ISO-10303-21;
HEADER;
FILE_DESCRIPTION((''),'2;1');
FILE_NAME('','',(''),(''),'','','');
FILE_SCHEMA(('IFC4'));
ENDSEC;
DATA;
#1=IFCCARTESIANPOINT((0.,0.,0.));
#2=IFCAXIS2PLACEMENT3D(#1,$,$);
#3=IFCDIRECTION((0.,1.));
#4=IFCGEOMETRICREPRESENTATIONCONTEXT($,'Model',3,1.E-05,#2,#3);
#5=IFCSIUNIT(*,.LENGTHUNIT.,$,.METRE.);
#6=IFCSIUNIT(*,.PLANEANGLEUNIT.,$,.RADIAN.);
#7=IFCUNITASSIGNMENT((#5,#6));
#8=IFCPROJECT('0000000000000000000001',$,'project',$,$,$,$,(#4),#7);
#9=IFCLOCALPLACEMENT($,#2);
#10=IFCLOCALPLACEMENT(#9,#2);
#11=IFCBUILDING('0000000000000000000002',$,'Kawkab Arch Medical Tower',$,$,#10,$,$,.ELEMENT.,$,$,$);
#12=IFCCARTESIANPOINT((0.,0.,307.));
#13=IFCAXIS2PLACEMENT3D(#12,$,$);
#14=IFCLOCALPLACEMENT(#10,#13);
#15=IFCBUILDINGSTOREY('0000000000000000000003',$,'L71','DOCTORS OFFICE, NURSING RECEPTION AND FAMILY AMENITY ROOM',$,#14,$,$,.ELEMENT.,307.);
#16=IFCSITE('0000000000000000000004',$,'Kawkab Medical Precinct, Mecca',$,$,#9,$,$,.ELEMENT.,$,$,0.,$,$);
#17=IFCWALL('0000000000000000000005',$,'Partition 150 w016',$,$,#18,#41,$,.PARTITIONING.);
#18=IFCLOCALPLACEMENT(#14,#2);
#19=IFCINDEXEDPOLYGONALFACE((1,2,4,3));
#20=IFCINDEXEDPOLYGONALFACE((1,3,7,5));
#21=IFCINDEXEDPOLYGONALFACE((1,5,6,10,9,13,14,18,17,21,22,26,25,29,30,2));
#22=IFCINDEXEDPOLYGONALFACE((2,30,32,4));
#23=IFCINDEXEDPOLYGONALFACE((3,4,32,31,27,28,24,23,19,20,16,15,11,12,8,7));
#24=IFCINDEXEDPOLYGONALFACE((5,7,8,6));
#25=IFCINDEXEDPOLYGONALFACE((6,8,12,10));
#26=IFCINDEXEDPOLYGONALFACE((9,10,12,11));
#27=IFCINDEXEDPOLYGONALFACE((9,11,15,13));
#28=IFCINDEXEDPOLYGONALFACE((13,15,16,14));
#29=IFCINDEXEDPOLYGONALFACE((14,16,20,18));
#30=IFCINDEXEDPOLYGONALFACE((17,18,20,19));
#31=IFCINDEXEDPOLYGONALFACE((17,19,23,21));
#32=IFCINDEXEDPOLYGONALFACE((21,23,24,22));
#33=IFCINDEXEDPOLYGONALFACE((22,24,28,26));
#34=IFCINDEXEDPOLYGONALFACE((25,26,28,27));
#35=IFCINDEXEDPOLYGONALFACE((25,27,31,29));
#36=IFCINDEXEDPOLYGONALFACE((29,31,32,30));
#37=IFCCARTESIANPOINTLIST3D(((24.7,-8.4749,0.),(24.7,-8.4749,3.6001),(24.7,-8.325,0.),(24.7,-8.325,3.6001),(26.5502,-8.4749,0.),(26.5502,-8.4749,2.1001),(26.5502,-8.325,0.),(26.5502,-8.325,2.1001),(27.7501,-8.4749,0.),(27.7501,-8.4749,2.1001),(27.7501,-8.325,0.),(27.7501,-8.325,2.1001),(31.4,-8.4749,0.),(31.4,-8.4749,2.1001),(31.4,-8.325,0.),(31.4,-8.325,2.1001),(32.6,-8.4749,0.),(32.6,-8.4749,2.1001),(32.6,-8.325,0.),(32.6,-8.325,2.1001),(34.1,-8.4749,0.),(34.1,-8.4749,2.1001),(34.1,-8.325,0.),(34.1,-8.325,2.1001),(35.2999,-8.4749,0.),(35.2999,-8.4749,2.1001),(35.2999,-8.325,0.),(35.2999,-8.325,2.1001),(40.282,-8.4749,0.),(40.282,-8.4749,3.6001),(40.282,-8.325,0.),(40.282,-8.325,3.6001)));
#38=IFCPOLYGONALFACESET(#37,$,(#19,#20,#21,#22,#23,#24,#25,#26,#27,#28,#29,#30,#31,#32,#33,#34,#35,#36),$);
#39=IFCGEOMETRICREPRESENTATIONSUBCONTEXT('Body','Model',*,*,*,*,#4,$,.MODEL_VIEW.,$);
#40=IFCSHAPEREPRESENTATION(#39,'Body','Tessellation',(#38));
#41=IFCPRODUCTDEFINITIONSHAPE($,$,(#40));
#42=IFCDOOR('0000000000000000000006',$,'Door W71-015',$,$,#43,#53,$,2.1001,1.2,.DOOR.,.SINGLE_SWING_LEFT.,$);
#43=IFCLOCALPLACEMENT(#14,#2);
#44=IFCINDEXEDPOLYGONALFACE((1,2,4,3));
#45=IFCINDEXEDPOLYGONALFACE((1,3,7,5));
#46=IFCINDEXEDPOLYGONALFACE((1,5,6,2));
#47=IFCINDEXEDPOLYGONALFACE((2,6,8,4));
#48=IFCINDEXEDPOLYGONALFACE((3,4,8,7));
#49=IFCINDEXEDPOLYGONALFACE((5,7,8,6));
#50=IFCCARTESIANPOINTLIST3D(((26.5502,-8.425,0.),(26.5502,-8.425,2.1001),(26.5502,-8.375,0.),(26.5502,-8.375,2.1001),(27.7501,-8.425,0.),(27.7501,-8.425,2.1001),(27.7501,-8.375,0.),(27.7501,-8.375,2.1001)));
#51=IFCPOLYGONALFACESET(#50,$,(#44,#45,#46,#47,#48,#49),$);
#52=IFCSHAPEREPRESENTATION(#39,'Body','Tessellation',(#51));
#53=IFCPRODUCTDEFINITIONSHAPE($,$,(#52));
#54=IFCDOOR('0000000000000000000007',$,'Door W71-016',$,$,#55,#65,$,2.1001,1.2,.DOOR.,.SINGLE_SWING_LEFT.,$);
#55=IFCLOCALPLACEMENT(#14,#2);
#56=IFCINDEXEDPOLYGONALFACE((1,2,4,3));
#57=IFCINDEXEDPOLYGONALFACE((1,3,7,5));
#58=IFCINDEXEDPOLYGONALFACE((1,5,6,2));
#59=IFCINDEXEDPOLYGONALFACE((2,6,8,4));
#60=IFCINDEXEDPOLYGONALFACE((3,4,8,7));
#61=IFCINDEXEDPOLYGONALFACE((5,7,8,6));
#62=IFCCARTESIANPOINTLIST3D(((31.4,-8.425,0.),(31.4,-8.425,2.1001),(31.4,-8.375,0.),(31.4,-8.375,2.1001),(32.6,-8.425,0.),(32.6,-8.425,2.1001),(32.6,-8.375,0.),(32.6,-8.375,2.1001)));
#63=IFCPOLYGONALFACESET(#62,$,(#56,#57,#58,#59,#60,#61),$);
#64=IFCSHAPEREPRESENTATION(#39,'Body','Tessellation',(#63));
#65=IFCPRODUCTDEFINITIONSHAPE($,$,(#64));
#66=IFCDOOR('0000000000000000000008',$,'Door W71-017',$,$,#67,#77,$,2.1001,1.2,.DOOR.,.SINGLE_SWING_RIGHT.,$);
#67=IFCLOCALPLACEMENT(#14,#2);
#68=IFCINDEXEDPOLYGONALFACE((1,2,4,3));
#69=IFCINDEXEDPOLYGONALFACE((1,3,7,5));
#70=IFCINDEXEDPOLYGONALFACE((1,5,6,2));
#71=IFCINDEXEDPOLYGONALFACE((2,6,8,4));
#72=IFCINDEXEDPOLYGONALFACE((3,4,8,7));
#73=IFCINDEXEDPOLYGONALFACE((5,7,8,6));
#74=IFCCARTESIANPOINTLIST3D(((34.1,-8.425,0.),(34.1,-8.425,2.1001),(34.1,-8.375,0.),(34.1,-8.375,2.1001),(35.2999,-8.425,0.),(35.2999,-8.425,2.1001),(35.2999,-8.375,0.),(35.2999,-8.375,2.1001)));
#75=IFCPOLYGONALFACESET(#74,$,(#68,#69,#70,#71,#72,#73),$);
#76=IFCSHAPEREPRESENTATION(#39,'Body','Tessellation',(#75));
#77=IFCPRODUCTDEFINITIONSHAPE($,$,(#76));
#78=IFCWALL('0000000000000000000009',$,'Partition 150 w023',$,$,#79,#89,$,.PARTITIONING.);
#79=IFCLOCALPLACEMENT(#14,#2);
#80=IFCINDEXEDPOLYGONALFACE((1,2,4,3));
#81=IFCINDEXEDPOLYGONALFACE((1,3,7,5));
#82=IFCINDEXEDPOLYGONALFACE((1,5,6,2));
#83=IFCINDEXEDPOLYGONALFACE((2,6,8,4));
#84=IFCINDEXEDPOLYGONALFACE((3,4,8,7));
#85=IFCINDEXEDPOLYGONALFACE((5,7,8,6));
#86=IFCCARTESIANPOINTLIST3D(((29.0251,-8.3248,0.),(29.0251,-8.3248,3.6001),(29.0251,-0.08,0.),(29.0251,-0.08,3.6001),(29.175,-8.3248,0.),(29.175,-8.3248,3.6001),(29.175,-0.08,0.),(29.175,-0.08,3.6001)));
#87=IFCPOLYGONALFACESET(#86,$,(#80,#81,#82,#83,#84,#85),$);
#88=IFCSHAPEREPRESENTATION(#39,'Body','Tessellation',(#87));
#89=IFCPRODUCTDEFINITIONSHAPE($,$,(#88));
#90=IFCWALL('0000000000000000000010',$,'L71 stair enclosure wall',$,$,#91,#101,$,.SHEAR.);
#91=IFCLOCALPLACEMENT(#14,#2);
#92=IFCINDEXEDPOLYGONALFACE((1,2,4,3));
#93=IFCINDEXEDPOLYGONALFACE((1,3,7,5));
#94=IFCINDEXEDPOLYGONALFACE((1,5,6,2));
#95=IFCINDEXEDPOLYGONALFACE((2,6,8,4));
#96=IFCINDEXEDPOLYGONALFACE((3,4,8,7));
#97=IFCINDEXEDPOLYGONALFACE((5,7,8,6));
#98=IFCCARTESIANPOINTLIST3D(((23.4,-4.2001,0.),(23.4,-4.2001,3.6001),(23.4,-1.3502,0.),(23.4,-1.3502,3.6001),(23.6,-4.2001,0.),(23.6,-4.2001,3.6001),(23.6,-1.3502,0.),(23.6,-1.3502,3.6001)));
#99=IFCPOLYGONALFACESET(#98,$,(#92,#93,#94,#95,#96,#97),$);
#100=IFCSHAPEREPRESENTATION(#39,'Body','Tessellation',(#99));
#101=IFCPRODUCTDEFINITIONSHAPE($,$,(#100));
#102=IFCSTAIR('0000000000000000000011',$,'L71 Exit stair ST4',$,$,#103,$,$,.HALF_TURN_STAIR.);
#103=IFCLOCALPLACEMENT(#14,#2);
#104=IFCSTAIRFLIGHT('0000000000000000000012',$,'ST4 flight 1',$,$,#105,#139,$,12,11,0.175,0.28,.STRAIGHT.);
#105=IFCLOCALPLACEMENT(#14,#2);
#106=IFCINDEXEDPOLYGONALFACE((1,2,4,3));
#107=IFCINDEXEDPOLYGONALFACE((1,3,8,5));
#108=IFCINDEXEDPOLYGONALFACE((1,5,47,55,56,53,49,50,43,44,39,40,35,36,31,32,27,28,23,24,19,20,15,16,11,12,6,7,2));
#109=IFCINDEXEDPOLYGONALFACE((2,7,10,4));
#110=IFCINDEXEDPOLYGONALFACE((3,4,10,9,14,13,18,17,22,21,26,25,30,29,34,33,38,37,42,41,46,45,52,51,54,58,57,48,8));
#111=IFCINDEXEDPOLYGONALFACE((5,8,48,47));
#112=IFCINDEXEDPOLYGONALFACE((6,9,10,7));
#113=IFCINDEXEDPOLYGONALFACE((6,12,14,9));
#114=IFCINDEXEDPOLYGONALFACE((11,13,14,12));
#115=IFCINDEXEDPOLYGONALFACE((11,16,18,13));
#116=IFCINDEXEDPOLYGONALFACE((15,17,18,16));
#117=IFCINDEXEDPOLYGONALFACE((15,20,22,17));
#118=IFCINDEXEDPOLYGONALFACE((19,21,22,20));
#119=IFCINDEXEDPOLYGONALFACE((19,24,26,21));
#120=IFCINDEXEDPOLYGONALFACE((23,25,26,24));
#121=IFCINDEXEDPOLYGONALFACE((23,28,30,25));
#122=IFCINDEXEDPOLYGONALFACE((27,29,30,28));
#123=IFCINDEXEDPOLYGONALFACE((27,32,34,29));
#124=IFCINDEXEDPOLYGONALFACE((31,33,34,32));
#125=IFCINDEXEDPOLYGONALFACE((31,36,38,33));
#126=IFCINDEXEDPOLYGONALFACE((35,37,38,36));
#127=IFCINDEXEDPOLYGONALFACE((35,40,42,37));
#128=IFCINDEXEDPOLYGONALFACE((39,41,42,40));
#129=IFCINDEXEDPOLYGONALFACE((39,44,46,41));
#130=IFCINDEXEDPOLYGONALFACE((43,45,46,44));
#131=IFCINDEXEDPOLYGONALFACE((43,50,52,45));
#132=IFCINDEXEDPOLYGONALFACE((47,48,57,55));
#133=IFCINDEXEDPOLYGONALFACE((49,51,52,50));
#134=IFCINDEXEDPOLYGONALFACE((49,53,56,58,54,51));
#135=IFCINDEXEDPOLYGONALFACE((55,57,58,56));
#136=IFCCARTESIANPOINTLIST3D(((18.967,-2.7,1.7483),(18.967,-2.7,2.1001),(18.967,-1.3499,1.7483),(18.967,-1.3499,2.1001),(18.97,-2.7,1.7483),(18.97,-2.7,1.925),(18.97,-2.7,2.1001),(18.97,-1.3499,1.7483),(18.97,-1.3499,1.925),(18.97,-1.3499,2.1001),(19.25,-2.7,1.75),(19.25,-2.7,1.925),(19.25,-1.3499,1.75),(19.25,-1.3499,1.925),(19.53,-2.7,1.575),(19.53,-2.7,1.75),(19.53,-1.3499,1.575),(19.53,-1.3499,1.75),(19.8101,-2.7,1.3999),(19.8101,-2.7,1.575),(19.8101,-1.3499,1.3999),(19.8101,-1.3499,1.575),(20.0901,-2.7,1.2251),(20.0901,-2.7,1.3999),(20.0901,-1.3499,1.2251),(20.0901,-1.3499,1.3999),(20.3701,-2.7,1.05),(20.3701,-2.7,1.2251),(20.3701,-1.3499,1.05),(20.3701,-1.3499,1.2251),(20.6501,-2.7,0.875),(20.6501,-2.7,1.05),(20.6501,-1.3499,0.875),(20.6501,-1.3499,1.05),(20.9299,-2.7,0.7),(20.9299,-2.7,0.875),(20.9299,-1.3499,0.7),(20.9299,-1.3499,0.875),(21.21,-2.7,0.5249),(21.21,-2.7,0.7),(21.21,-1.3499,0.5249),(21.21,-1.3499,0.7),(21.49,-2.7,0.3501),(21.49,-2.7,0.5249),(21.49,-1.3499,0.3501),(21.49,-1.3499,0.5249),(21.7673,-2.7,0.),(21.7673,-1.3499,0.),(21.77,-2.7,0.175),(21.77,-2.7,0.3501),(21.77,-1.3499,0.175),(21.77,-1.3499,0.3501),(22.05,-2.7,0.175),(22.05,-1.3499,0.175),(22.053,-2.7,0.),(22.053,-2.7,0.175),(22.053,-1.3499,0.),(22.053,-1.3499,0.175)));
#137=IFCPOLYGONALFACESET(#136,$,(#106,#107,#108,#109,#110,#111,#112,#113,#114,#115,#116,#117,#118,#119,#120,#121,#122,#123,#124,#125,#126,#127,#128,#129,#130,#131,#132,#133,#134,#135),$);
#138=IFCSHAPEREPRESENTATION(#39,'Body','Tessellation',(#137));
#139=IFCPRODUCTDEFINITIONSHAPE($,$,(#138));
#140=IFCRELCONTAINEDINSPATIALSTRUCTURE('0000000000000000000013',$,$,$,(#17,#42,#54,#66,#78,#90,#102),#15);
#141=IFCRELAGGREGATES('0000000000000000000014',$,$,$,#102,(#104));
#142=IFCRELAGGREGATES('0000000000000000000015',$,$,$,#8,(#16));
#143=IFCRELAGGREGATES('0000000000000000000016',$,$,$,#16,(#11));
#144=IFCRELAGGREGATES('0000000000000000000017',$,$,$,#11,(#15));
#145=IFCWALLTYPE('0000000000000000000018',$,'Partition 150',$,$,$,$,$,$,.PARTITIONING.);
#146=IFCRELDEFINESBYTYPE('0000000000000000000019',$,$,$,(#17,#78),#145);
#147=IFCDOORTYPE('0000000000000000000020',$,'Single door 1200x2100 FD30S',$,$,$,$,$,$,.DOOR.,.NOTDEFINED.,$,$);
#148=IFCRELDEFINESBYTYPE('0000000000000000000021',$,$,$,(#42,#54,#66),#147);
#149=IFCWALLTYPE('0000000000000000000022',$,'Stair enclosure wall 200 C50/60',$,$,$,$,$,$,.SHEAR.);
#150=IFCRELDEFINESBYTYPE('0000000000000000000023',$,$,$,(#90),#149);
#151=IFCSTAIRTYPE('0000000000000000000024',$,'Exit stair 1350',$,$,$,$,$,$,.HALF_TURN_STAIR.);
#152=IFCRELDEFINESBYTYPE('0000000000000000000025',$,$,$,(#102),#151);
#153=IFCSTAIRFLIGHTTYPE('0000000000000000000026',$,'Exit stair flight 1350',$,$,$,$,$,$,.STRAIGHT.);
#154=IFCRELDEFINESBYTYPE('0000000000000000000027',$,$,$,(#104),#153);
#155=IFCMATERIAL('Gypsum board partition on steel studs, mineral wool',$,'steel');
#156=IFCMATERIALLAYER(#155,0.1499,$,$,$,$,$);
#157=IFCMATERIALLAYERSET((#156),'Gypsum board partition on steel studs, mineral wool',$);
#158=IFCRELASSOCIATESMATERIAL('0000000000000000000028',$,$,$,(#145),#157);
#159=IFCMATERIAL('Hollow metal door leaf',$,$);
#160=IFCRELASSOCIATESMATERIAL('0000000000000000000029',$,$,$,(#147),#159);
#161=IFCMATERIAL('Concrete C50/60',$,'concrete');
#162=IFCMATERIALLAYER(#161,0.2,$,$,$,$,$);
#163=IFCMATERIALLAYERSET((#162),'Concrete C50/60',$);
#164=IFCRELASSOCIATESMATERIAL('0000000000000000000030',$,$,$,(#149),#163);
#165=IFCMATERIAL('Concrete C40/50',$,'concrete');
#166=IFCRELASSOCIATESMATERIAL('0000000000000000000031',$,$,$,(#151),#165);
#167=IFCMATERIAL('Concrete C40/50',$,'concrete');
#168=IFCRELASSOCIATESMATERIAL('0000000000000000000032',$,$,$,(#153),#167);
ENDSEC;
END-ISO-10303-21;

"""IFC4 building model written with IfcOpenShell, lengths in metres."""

from ifc_helpers import new_model, si_unit, direction, frame, frame_2d, origin, place, context, subcontext, project, spatial, polyline, rectangle, outline, extrude, material, layer, layer_set, type_object, element, fill, aggregate, save


model = new_model("IFC4")

# Units and contexts
model_context = context("Model", 3, precision=1e-05, world=origin(), true_north=direction((0.0, 1.0)))
body_context = subcontext(model_context, "Body", "Model", "MODEL_VIEW")
ifc_project = project(units=[si_unit("LENGTHUNIT", "METRE"), si_unit("PLANEANGLEUNIT", "RADIAN")], contexts=[model_context])

# Site, building, storey
site_placement = place(None, origin())
site = spatial("IfcSite", under=ifc_project, at=site_placement, Name="Kawkab Medical Precinct, Mecca", CompositionType="ELEMENT", RefElevation=0.0)
building_placement = place(site_placement, origin())
building = spatial("IfcBuilding", under=site, at=building_placement, Name="Kawkab Arch Medical Tower", CompositionType="ELEMENT")
storey_placement = place(building_placement, frame((0.0, 0.0, 307.0)))
storey = spatial("IfcBuildingStorey", under=building, at=storey_placement, Name="L71", Description="DOCTORS OFFICE, NURSING RECEPTION AND FAMILY AMENITY ROOM", CompositionType="ELEMENT", Elevation=307.0)

# Shared definitions
placement = place(storey_placement, origin())

# Wall, openings, doors
ifc_material_1 = material(Name="Gypsum board partition on steel studs, mineral wool", Category="steel")
ifc_layer_1 = layer(ifc_material_1, 0.1499)
ifc_layer_set_1 = layer_set([ifc_layer_1], Name="Gypsum board partition on steel studs, mineral wool")
wall_type_1 = type_object("IfcWallType", Name="Partition 150", PredefinedType="PARTITIONING", material=ifc_layer_set_1)
wall_1_placement = place(storey_placement, frame((24.7, -8.3999, 0.0), z_axis=(0.0, 0.0, 1.0), x_axis=(1.0, 0.0, 0.0)))
wall_1 = element("IfcWall", 1, at=wall_1_placement, inside=storey, type_object=wall_type_1, Name="Partition 150 w016", PredefinedType="PARTITIONING", context=body_context, shape_type="SweptSolid", body=[
    extrude(rectangle(XDim=15.582, YDim=0.1499, at=frame_2d((7.791, 0.0))), origin(), (0.0, 0.0, 1.0), 3.6001),
])
opening_1_placement = place(wall_1_placement, frame((1.8501, 0.0, 0.0)))
opening_1 = element("IfcOpeningElement", 2, at=opening_1_placement, cuts=wall_1, PredefinedType="OPENING", context=body_context, shape_type="SweptSolid", body=[
    extrude(rectangle(XDim=1.2, YDim=2.1001, at=frame_2d((0.6001, 1.05))), frame((0.0, 0.085, 0.0), z_axis=(0.0, -1.0, 0.0), x_axis=(1.0, 0.0, 0.0)), (0.0, 0.0, 1.0), 0.1699),
])
opening_2_placement = place(wall_1_placement, frame((6.7, 0.0, 0.0)))
opening_2 = element("IfcOpeningElement", 3, at=opening_2_placement, cuts=wall_1, PredefinedType="OPENING", context=body_context, shape_type="SweptSolid", body=[
    extrude(rectangle(XDim=1.2, YDim=2.1001, at=frame_2d((0.6001, 1.05))), frame((0.0, 0.085, 0.0), z_axis=(0.0, -1.0, 0.0), x_axis=(1.0, 0.0, 0.0)), (0.0, 0.0, 1.0), 0.1699),
])
opening_3_placement = place(wall_1_placement, frame((9.3999, 0.0, 0.0)))
opening_3 = element("IfcOpeningElement", 4, at=opening_3_placement, cuts=wall_1, PredefinedType="OPENING", context=body_context, shape_type="SweptSolid", body=[
    extrude(rectangle(XDim=1.2, YDim=2.1001, at=frame_2d((0.6001, 1.05))), frame((0.0, 0.085, 0.0), z_axis=(0.0, -1.0, 0.0), x_axis=(1.0, 0.0, 0.0)), (0.0, 0.0, 1.0), 0.1699),
])
ifc_material_2 = material(Name="Hollow metal door leaf")
door_type_1 = type_object("IfcDoorType", Name="Single door 1200x2100 FD30S", OperationType="NOTDEFINED", PredefinedType="DOOR", material=ifc_material_2)
door_1_placement = place(opening_1_placement, origin())
door_1 = element("IfcDoor", 5, at=door_1_placement, inside=storey, type_object=door_type_1, Name="Door W71-015", OperationType="SINGLE_SWING_LEFT", OverallHeight=2.1001, OverallWidth=1.2, PredefinedType="DOOR", context=body_context, shape_type="SweptSolid", body=[
    extrude(rectangle(XDim=1.2, YDim=2.1001, at=frame_2d((0.6001, 1.05))), frame((0.0, 0.0249, 0.0), z_axis=(0.0, -1.0, 0.0), x_axis=(1.0, 0.0, 0.0)), (0.0, 0.0, 1.0), 0.05),
])
fill(opening_1, door_1)
door_2_placement = place(opening_2_placement, origin())
door_2 = element("IfcDoor", 6, at=door_2_placement, inside=storey, type_object=door_type_1, Name="Door W71-016", OperationType="SINGLE_SWING_LEFT", OverallHeight=2.1001, OverallWidth=1.2, PredefinedType="DOOR", context=body_context, shape_type="SweptSolid", body=[
    extrude(rectangle(XDim=1.2, YDim=2.1001, at=frame_2d((0.6001, 1.05))), frame((0.0, 0.0249, 0.0), z_axis=(0.0, -1.0, 0.0), x_axis=(1.0, 0.0, 0.0)), (0.0, 0.0, 1.0), 0.05),
])
fill(opening_2, door_2)
door_3_placement = place(opening_3_placement, origin())
door_3 = element("IfcDoor", 7, at=door_3_placement, inside=storey, type_object=door_type_1, Name="Door W71-017", OperationType="SINGLE_SWING_RIGHT", OverallHeight=2.1001, OverallWidth=1.2, PredefinedType="DOOR", context=body_context, shape_type="SweptSolid", body=[
    extrude(rectangle(XDim=1.2, YDim=2.1001, at=frame_2d((0.6001, 1.05))), frame((0.0, 0.0249, 0.0), z_axis=(0.0, -1.0, 0.0), x_axis=(1.0, 0.0, 0.0)), (0.0, 0.0, 1.0), 0.05),
])
fill(opening_3, door_3)

# Walls
wall_2_placement = place(storey_placement, frame((29.1001, -8.325, 0.0), z_axis=(0.0, 0.0, 1.0), x_axis=(0.0, 1.0, 0.0)))
element("IfcWall", 8, at=wall_2_placement, inside=storey, type_object=wall_type_1, Name="Partition 150 w023", PredefinedType="PARTITIONING", context=body_context, shape_type="SweptSolid", body=[
    extrude(rectangle(XDim=8.2449, YDim=0.1499, at=frame_2d((4.1226, 0.0))), origin(), (0.0, 0.0, 1.0), 3.6001),
])
ifc_material_3 = material(Name="Concrete C50/60", Category="concrete")
ifc_layer_2 = layer(ifc_material_3, 0.2)
ifc_layer_set_2 = layer_set([ifc_layer_2], Name="Concrete C50/60")
wall_type_2 = type_object("IfcWallType", Name="Stair enclosure wall 200 C50/60", PredefinedType="SHEAR", material=ifc_layer_set_2)
wall_3_placement = place(storey_placement, frame((23.5, -4.2, 0.0), z_axis=(0.0, 0.0, 1.0), x_axis=(0.0, 1.0, 0.0)))
element("IfcWall", 9, at=wall_3_placement, inside=storey, type_object=wall_type_2, Name="L71 stair enclosure wall", PredefinedType="SHEAR", context=body_context, shape_type="SweptSolid", body=[
    extrude(rectangle(XDim=2.8499, YDim=0.2, at=frame_2d((1.4248, 0.0))), origin(), (0.0, 0.0, 1.0), 3.6001),
])

# Stair, stair flight
ifc_material_4 = material(Name="Concrete C40/50", Category="concrete")
stair_type = type_object("IfcStairType", Name="Exit stair 1350", PredefinedType="HALF_TURN_STAIR", material=ifc_material_4)
stair = element("IfcStair", 10, at=placement, inside=storey, type_object=stair_type, Name="L71 Exit stair ST4", PredefinedType="HALF_TURN_STAIR")
ifc_material_5 = material(Name="Concrete C40/50", Category="concrete")
stair_flight_type = type_object("IfcStairFlightType", Name="Exit stair flight 1350", PredefinedType="STRAIGHT", material=ifc_material_5)
stair_flight_1_placement = place(storey_placement, frame((22.05, -2.0249, 0.0), z_axis=(0.0, 0.0, 1.0), x_axis=(-1.0, 0.0, 0.0)))
stair_flight_1 = element("IfcStairFlight", 11, at=stair_flight_1_placement, type_object=stair_flight_type, Name="ST4 flight 1", NumberOfRisers=12, NumberOfTreads=11, PredefinedType="STRAIGHT", RiserHeight=0.175, TreadLength=0.28, context=body_context, shape_type="SweptSolid", body=[
    extrude(outline(polyline([(-0.0029, 0.0), (-0.0029, 0.175), (0.0, 0.175), (0.28, 0.175), (0.28, 0.3501), (0.5601, 0.3501), (0.5601, 0.5249), (0.8401, 0.5249), (0.8401, 0.7), (1.1201, 0.7), (1.1201, 0.875), (1.3999, 0.875), (1.3999, 1.05), (1.6799, 1.05), (1.6799, 1.2251), (1.96, 1.2251), (1.96, 1.3999), (2.24, 1.3999), (2.24, 1.575), (2.52, 1.575), (2.52, 1.75), (2.8, 1.75), (2.8, 1.925), (3.0801, 1.925), (3.0801, 2.1001), (3.083, 2.1001), (3.083, 1.7483), (3.0801, 1.7483), (0.2827, 0.0), (-0.0029, 0.0)])), frame((0.0, 0.675, 0.0), z_axis=(0.0, -1.0, 0.0), x_axis=(1.0, 0.0, 0.0)), (0.0, 0.0, 1.0), 1.3501),
])
aggregate(stair, [stair_flight_1])

save(model, "model.ifc")
